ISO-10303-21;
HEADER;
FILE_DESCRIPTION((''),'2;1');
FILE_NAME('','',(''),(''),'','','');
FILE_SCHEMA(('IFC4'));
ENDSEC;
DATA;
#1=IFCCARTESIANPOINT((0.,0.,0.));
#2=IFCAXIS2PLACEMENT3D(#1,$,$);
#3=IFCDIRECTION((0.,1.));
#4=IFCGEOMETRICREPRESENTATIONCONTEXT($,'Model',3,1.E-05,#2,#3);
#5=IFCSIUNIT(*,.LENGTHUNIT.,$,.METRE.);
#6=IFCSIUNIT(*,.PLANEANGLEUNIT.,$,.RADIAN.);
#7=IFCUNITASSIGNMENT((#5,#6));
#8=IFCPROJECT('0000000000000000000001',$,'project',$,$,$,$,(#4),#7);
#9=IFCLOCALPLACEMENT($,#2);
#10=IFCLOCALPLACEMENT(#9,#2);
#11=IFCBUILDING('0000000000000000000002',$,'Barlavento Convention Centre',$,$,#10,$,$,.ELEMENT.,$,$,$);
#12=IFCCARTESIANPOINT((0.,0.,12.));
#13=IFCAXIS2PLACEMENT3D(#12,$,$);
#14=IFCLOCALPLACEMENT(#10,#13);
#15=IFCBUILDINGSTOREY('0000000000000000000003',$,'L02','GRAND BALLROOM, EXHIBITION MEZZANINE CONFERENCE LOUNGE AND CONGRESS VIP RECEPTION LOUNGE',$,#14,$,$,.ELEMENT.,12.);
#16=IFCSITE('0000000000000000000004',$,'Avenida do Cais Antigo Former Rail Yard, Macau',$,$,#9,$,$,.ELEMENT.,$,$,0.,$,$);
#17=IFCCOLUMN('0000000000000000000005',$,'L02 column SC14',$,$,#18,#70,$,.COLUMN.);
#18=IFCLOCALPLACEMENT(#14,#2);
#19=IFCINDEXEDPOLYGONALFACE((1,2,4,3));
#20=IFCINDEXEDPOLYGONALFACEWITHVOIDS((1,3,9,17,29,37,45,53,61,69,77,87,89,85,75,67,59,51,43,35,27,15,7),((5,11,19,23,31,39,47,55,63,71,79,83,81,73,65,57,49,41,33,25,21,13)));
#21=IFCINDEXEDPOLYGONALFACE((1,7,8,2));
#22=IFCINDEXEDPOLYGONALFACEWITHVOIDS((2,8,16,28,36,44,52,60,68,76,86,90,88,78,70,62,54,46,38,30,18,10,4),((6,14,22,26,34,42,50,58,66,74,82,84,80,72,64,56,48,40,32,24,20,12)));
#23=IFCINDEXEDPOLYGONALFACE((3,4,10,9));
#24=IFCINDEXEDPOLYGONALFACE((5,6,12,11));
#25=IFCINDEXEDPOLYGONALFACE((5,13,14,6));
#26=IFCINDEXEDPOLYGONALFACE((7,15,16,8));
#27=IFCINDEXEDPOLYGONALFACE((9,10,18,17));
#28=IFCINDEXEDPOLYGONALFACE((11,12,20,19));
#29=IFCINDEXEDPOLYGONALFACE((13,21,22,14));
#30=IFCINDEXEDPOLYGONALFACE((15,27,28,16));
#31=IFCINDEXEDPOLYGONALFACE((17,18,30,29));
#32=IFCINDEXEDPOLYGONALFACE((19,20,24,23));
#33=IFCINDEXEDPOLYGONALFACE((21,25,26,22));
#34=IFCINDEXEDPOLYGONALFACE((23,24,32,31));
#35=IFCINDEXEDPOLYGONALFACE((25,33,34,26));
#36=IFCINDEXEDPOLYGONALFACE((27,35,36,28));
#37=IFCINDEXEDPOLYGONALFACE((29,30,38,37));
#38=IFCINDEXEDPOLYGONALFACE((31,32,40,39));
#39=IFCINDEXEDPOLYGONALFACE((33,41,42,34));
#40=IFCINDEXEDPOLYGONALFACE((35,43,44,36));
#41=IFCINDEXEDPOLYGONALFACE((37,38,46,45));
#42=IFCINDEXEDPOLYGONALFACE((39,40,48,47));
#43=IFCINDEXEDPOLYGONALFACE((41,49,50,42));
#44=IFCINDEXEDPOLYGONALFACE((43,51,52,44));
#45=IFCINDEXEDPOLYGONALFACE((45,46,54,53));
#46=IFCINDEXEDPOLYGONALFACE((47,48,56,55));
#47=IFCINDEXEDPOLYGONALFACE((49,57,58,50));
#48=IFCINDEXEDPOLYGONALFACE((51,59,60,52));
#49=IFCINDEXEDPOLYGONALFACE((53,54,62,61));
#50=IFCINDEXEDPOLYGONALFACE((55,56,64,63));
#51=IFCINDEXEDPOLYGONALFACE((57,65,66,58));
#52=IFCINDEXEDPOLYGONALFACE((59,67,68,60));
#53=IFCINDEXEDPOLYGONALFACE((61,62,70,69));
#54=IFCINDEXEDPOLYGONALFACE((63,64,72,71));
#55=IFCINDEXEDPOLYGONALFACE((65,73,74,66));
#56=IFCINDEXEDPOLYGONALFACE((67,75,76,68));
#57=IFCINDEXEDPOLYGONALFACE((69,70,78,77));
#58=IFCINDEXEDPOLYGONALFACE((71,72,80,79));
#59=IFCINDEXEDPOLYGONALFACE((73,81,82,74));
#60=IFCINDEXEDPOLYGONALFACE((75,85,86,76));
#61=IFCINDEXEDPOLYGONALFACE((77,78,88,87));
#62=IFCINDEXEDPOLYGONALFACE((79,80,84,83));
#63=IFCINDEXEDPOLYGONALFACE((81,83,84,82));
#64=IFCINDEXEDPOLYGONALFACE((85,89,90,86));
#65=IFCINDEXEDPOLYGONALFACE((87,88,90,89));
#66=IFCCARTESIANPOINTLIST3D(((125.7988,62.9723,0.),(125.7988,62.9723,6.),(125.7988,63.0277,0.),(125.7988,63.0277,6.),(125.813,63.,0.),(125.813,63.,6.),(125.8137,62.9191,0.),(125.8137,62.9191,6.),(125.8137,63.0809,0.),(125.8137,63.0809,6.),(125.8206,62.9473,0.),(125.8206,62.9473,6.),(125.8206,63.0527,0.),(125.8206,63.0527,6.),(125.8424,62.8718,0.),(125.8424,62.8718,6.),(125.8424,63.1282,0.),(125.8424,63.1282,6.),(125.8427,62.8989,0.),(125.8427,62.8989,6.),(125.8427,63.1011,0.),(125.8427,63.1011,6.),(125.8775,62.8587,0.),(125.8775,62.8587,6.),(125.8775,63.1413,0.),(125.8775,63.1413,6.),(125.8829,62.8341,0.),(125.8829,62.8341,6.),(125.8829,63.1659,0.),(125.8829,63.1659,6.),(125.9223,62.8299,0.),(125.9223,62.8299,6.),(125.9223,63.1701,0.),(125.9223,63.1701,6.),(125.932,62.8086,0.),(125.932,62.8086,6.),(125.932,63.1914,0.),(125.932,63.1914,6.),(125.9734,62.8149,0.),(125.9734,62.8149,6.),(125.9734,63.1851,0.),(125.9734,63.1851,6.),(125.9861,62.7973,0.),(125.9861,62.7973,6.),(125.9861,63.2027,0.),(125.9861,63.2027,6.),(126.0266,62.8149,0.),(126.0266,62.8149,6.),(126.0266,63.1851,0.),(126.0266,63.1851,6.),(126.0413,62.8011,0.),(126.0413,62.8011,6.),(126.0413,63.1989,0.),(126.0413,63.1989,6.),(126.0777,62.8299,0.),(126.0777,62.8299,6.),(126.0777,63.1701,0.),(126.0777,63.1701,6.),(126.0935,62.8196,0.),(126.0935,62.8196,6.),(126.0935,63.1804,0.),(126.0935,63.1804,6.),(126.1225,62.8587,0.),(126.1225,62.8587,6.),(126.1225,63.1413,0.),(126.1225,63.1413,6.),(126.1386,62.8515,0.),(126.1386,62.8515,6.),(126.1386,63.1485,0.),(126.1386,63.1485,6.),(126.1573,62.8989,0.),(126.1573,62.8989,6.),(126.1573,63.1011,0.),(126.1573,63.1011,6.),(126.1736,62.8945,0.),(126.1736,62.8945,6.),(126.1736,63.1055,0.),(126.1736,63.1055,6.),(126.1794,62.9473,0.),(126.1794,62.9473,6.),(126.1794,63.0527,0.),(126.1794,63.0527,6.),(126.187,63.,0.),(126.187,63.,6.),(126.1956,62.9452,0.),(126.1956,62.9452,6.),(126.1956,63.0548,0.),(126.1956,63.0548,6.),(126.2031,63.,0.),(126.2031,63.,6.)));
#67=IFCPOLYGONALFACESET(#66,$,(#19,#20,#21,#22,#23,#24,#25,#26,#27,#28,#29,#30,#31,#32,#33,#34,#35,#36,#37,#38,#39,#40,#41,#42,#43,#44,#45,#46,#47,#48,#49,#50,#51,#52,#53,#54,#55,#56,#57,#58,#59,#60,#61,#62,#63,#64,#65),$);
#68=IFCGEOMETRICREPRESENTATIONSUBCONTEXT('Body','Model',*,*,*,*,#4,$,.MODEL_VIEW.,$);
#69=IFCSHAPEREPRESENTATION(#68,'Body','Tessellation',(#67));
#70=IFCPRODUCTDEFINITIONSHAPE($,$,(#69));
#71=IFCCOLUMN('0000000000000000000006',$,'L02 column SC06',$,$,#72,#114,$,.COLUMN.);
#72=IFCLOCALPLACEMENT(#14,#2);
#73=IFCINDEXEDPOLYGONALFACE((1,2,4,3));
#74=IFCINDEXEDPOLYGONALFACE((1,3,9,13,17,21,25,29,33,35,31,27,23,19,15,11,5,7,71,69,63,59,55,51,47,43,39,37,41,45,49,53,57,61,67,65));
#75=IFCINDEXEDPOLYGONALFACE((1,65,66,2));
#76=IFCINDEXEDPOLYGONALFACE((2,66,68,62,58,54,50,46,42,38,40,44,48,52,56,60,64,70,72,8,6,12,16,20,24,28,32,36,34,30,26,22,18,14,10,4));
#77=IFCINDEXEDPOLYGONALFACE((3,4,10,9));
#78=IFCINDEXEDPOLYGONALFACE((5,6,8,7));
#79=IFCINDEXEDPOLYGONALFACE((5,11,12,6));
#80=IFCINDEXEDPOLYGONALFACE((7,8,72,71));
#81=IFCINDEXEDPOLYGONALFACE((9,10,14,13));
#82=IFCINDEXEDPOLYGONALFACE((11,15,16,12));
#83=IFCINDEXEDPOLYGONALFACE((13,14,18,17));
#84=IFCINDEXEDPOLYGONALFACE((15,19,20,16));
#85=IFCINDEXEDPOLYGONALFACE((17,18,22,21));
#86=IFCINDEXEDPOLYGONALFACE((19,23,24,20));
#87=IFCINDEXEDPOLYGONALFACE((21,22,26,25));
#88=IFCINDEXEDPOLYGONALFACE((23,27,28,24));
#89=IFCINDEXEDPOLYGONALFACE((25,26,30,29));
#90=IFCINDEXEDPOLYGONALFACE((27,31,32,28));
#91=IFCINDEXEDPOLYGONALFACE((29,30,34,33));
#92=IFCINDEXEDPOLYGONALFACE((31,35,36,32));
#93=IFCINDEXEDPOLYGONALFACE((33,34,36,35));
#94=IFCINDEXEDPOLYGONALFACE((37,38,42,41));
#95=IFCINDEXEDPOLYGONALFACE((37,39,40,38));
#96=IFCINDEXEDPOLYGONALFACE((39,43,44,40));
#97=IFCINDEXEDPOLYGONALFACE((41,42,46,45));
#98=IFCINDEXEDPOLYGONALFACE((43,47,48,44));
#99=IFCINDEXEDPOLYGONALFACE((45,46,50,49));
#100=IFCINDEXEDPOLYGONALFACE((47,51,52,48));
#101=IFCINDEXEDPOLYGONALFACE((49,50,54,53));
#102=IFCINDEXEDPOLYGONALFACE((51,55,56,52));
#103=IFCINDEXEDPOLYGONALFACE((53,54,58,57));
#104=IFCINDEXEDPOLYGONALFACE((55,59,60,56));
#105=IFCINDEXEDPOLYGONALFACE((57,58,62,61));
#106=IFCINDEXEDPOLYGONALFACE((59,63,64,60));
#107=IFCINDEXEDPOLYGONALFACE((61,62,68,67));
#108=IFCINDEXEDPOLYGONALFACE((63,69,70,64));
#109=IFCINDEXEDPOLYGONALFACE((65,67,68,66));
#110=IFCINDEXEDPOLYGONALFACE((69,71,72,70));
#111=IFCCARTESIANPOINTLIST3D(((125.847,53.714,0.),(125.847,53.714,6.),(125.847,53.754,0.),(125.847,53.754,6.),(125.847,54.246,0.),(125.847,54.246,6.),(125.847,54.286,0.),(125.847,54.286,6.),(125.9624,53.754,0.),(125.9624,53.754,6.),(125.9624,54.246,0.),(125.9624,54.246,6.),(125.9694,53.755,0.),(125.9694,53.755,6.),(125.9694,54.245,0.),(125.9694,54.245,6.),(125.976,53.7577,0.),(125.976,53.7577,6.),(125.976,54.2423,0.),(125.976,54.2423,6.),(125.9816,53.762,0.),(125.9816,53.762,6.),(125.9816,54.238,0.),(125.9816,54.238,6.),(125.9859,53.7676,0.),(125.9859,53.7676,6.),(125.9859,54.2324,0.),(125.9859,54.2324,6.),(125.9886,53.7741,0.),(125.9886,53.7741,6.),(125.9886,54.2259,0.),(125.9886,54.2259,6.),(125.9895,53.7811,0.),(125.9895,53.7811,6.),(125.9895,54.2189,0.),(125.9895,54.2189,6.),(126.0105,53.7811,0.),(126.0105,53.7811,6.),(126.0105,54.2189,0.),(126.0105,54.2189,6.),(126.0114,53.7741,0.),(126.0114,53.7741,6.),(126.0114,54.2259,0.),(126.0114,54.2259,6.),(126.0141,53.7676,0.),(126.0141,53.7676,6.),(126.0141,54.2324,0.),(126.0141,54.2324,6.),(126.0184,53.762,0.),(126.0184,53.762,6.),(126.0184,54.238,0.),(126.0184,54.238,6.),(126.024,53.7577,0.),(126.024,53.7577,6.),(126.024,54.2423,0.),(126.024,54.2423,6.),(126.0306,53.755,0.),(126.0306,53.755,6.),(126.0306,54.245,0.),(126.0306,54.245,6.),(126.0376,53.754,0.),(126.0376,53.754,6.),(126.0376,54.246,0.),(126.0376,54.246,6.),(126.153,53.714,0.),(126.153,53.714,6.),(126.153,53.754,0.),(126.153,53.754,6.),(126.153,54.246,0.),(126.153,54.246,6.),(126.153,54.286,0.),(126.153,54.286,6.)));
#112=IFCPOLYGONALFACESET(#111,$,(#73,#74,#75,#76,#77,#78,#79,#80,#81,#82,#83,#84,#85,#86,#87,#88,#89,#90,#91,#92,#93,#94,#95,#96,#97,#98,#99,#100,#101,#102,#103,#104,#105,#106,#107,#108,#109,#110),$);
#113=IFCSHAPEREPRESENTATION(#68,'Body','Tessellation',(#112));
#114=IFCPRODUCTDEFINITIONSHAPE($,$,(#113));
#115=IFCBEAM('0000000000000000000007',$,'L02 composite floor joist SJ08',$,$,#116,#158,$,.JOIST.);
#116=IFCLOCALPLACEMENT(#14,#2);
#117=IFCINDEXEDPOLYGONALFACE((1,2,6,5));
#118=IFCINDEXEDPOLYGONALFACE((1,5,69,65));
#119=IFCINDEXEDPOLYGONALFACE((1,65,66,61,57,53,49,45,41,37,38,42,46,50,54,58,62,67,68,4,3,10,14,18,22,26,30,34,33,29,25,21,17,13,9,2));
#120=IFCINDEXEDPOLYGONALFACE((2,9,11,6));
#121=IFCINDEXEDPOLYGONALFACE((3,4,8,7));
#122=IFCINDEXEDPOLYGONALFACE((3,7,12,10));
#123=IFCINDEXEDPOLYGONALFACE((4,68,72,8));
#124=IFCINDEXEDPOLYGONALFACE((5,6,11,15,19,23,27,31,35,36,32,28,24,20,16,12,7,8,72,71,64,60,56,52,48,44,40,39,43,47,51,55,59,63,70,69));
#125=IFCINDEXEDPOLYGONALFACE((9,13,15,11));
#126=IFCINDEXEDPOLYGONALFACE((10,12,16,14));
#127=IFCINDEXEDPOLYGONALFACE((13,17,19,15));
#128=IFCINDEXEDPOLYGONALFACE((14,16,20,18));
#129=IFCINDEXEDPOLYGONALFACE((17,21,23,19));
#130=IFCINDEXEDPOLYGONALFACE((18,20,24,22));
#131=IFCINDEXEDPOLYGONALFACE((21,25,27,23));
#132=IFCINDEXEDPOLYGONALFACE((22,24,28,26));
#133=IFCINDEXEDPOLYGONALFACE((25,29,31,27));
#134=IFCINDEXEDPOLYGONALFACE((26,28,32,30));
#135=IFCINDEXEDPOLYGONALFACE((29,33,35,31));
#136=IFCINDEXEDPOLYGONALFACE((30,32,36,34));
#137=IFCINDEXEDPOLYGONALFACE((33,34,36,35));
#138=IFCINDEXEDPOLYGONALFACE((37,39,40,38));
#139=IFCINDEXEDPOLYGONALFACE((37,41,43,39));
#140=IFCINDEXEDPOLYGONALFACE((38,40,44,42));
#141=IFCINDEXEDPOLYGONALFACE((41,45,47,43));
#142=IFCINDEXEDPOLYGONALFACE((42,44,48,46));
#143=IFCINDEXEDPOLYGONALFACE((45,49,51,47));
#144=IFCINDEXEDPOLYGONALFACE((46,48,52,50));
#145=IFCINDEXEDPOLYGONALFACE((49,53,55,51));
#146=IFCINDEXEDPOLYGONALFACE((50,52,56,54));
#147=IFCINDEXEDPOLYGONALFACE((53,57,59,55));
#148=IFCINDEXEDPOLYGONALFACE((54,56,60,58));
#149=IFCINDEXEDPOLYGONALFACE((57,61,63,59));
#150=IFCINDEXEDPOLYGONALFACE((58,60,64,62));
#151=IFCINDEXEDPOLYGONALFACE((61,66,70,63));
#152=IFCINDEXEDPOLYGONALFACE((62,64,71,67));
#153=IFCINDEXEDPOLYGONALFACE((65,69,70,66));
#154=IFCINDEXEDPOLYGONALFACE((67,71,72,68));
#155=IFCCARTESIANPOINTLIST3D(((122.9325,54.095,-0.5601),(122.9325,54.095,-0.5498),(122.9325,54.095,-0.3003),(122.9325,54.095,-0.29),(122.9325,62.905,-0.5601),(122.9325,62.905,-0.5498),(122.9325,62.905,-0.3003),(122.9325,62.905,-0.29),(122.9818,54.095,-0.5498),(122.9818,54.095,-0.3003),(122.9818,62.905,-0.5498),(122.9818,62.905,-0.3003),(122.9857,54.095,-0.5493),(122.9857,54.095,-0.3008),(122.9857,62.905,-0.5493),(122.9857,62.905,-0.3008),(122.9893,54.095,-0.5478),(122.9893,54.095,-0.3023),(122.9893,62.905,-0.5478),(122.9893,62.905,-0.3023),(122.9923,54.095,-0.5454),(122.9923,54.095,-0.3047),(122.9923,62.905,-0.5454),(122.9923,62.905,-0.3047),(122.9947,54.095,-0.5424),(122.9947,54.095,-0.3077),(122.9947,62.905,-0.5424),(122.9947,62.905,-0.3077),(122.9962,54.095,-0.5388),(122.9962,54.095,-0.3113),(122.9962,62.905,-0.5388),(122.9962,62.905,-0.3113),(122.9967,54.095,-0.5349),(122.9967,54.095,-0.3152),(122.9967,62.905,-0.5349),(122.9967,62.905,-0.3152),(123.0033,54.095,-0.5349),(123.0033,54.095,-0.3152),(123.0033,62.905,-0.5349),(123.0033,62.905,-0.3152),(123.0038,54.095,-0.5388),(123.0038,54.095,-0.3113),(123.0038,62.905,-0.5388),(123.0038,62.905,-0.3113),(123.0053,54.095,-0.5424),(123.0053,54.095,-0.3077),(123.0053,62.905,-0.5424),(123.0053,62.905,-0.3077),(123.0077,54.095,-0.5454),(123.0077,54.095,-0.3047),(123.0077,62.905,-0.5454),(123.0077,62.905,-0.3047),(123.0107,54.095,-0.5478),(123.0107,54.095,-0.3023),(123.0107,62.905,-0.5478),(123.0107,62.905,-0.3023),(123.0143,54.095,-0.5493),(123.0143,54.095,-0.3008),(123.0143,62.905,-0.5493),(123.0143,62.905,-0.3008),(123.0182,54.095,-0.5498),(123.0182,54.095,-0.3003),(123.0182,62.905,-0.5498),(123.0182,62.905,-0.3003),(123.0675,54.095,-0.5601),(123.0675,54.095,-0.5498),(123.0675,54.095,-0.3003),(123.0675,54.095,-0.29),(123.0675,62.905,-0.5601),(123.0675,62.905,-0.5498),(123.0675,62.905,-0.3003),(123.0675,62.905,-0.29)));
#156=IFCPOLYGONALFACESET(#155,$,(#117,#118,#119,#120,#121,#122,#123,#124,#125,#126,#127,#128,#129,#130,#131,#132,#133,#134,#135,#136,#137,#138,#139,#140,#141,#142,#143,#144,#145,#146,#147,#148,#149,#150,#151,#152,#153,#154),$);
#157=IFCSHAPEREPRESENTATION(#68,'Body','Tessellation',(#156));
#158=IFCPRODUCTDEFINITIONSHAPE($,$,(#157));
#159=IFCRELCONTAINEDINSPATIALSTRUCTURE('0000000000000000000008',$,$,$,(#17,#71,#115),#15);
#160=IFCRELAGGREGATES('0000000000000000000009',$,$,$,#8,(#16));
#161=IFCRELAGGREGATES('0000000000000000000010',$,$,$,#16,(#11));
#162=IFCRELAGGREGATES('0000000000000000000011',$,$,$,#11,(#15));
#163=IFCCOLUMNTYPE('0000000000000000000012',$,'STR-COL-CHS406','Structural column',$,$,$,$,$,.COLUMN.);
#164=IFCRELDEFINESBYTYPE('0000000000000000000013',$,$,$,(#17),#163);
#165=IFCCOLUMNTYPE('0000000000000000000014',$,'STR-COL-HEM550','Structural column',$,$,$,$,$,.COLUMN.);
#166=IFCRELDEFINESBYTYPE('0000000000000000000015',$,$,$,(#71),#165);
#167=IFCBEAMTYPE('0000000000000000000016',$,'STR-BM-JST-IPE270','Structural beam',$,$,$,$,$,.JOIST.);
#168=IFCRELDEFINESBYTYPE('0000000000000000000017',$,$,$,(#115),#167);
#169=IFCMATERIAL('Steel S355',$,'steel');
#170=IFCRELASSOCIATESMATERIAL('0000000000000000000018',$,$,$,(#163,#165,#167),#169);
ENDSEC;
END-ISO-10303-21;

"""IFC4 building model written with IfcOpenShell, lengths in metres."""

from ifc_helpers import new_model, si_unit, direction, frame, origin, origin_2d, place, context, subcontext, project, spatial, hollow_circle, i_section, extrude, material, material_profile, profile_set, type_object, element, save


model = new_model("IFC4")

# Units and contexts
model_context = context("Model", 3, precision=1e-05, world=origin(), true_north=direction((0.0, 1.0)))
body_context = subcontext(model_context, "Body", "Model", "MODEL_VIEW")
ifc_project = project(units=[si_unit("LENGTHUNIT", "METRE"), si_unit("PLANEANGLEUNIT", "RADIAN")], contexts=[model_context])

# Site, building, storey
site_placement = place(None, origin())
site = spatial("IfcSite", under=ifc_project, at=site_placement, Name="Avenida do Cais Antigo Former Rail Yard, Macau", CompositionType="ELEMENT", RefElevation=0.0)
building_placement = place(site_placement, origin())
building = spatial("IfcBuilding", under=site, at=building_placement, Name="Barlavento Convention Centre", CompositionType="ELEMENT")
storey_placement = place(building_placement, frame((0.0, 0.0, 12.0)))
storey = spatial("IfcBuildingStorey", under=building, at=storey_placement, Name="L02", Description="GRAND BALLROOM, EXHIBITION MEZZANINE CONFERENCE LOUNGE AND CONGRESS VIP RECEPTION LOUNGE", CompositionType="ELEMENT", Elevation=12.0)

# Columns
ifc_material_1 = material(Name="Steel S355", Category="steel")
ifc_material_profile_1 = material_profile(ifc_material_1, hollow_circle(Radius=0.2031, WallThickness=0.0161, at=origin_2d()), Name="CHS 406.4x16.0")
ifc_profile_set_1 = profile_set([ifc_material_profile_1], Name="Steel S355")
column_type_1 = type_object("IfcColumnType", Name="STR-COL-CHS406", Description="Structural column", PredefinedType="COLUMN", material=ifc_profile_set_1)
column_1_placement = place(storey_placement, frame((126.0, 63.0, 0.0), z_axis=(0.0, 0.0, 1.0), x_axis=(1.0, 0.0, 0.0)))
element("IfcColumn", 1, at=column_1_placement, inside=storey, type_object=column_type_1, Name="L02 column SC14", PredefinedType="COLUMN", context=body_context, shape_type="SweptSolid", body=[
    extrude(hollow_circle(Radius=0.2031, WallThickness=0.0161, at=origin_2d()), origin(), (0.0, 0.0, 1.0), 6.0),
])
ifc_material_profile_2 = material_profile(ifc_material_1, i_section(OverallWidth=0.3059, OverallDepth=0.572, WebThickness=0.021, FlangeThickness=0.04, FilletRadius=0.0271, at=origin_2d()), Name="HEM 550")
ifc_profile_set_2 = profile_set([ifc_material_profile_2], Name="Steel S355")
column_type_2 = type_object("IfcColumnType", Name="STR-COL-HEM550", Description="Structural column", PredefinedType="COLUMN", material=ifc_profile_set_2)
column_2_placement = place(storey_placement, frame((126.0, 54.0, 0.0), z_axis=(0.0, 0.0, 1.0), x_axis=(1.0, 0.0, 0.0)))
element("IfcColumn", 2, at=column_2_placement, inside=storey, type_object=column_type_2, Name="L02 column SC06", PredefinedType="COLUMN", context=body_context, shape_type="SweptSolid", body=[
    extrude(i_section(OverallWidth=0.3059, OverallDepth=0.572, WebThickness=0.021, FlangeThickness=0.04, FilletRadius=0.0271, at=origin_2d()), origin(), (0.0, 0.0, 1.0), 6.0),
])

# Beam
ifc_material_profile_3 = material_profile(ifc_material_1, i_section(OverallWidth=0.135, OverallDepth=0.27, WebThickness=0.0066, FlangeThickness=0.0103, FilletRadius=0.0149, at=origin_2d()), Name="IPE 270")
ifc_profile_set_3 = profile_set([ifc_material_profile_3], Name="Steel S355")
beam_type_1 = type_object("IfcBeamType", Name="STR-BM-JST-IPE270", Description="Structural beam", PredefinedType="JOIST", material=ifc_profile_set_3)
beam_1_placement = place(storey_placement, frame((123.0, 54.095, -0.425), z_axis=(0.0, 1.0, 0.0), x_axis=(-1.0, 0.0, 0.0)))
element("IfcBeam", 3, at=beam_1_placement, inside=storey, type_object=beam_type_1, Name="L02 composite floor joist SJ08", PredefinedType="JOIST", context=body_context, shape_type="SweptSolid", body=[
    extrude(i_section(OverallWidth=0.135, OverallDepth=0.27, WebThickness=0.0066, FlangeThickness=0.0103, FilletRadius=0.0149, at=origin_2d()), origin(), (0.0, 0.0, 1.0), 8.8101),
])

save(model, "model.ifc")
